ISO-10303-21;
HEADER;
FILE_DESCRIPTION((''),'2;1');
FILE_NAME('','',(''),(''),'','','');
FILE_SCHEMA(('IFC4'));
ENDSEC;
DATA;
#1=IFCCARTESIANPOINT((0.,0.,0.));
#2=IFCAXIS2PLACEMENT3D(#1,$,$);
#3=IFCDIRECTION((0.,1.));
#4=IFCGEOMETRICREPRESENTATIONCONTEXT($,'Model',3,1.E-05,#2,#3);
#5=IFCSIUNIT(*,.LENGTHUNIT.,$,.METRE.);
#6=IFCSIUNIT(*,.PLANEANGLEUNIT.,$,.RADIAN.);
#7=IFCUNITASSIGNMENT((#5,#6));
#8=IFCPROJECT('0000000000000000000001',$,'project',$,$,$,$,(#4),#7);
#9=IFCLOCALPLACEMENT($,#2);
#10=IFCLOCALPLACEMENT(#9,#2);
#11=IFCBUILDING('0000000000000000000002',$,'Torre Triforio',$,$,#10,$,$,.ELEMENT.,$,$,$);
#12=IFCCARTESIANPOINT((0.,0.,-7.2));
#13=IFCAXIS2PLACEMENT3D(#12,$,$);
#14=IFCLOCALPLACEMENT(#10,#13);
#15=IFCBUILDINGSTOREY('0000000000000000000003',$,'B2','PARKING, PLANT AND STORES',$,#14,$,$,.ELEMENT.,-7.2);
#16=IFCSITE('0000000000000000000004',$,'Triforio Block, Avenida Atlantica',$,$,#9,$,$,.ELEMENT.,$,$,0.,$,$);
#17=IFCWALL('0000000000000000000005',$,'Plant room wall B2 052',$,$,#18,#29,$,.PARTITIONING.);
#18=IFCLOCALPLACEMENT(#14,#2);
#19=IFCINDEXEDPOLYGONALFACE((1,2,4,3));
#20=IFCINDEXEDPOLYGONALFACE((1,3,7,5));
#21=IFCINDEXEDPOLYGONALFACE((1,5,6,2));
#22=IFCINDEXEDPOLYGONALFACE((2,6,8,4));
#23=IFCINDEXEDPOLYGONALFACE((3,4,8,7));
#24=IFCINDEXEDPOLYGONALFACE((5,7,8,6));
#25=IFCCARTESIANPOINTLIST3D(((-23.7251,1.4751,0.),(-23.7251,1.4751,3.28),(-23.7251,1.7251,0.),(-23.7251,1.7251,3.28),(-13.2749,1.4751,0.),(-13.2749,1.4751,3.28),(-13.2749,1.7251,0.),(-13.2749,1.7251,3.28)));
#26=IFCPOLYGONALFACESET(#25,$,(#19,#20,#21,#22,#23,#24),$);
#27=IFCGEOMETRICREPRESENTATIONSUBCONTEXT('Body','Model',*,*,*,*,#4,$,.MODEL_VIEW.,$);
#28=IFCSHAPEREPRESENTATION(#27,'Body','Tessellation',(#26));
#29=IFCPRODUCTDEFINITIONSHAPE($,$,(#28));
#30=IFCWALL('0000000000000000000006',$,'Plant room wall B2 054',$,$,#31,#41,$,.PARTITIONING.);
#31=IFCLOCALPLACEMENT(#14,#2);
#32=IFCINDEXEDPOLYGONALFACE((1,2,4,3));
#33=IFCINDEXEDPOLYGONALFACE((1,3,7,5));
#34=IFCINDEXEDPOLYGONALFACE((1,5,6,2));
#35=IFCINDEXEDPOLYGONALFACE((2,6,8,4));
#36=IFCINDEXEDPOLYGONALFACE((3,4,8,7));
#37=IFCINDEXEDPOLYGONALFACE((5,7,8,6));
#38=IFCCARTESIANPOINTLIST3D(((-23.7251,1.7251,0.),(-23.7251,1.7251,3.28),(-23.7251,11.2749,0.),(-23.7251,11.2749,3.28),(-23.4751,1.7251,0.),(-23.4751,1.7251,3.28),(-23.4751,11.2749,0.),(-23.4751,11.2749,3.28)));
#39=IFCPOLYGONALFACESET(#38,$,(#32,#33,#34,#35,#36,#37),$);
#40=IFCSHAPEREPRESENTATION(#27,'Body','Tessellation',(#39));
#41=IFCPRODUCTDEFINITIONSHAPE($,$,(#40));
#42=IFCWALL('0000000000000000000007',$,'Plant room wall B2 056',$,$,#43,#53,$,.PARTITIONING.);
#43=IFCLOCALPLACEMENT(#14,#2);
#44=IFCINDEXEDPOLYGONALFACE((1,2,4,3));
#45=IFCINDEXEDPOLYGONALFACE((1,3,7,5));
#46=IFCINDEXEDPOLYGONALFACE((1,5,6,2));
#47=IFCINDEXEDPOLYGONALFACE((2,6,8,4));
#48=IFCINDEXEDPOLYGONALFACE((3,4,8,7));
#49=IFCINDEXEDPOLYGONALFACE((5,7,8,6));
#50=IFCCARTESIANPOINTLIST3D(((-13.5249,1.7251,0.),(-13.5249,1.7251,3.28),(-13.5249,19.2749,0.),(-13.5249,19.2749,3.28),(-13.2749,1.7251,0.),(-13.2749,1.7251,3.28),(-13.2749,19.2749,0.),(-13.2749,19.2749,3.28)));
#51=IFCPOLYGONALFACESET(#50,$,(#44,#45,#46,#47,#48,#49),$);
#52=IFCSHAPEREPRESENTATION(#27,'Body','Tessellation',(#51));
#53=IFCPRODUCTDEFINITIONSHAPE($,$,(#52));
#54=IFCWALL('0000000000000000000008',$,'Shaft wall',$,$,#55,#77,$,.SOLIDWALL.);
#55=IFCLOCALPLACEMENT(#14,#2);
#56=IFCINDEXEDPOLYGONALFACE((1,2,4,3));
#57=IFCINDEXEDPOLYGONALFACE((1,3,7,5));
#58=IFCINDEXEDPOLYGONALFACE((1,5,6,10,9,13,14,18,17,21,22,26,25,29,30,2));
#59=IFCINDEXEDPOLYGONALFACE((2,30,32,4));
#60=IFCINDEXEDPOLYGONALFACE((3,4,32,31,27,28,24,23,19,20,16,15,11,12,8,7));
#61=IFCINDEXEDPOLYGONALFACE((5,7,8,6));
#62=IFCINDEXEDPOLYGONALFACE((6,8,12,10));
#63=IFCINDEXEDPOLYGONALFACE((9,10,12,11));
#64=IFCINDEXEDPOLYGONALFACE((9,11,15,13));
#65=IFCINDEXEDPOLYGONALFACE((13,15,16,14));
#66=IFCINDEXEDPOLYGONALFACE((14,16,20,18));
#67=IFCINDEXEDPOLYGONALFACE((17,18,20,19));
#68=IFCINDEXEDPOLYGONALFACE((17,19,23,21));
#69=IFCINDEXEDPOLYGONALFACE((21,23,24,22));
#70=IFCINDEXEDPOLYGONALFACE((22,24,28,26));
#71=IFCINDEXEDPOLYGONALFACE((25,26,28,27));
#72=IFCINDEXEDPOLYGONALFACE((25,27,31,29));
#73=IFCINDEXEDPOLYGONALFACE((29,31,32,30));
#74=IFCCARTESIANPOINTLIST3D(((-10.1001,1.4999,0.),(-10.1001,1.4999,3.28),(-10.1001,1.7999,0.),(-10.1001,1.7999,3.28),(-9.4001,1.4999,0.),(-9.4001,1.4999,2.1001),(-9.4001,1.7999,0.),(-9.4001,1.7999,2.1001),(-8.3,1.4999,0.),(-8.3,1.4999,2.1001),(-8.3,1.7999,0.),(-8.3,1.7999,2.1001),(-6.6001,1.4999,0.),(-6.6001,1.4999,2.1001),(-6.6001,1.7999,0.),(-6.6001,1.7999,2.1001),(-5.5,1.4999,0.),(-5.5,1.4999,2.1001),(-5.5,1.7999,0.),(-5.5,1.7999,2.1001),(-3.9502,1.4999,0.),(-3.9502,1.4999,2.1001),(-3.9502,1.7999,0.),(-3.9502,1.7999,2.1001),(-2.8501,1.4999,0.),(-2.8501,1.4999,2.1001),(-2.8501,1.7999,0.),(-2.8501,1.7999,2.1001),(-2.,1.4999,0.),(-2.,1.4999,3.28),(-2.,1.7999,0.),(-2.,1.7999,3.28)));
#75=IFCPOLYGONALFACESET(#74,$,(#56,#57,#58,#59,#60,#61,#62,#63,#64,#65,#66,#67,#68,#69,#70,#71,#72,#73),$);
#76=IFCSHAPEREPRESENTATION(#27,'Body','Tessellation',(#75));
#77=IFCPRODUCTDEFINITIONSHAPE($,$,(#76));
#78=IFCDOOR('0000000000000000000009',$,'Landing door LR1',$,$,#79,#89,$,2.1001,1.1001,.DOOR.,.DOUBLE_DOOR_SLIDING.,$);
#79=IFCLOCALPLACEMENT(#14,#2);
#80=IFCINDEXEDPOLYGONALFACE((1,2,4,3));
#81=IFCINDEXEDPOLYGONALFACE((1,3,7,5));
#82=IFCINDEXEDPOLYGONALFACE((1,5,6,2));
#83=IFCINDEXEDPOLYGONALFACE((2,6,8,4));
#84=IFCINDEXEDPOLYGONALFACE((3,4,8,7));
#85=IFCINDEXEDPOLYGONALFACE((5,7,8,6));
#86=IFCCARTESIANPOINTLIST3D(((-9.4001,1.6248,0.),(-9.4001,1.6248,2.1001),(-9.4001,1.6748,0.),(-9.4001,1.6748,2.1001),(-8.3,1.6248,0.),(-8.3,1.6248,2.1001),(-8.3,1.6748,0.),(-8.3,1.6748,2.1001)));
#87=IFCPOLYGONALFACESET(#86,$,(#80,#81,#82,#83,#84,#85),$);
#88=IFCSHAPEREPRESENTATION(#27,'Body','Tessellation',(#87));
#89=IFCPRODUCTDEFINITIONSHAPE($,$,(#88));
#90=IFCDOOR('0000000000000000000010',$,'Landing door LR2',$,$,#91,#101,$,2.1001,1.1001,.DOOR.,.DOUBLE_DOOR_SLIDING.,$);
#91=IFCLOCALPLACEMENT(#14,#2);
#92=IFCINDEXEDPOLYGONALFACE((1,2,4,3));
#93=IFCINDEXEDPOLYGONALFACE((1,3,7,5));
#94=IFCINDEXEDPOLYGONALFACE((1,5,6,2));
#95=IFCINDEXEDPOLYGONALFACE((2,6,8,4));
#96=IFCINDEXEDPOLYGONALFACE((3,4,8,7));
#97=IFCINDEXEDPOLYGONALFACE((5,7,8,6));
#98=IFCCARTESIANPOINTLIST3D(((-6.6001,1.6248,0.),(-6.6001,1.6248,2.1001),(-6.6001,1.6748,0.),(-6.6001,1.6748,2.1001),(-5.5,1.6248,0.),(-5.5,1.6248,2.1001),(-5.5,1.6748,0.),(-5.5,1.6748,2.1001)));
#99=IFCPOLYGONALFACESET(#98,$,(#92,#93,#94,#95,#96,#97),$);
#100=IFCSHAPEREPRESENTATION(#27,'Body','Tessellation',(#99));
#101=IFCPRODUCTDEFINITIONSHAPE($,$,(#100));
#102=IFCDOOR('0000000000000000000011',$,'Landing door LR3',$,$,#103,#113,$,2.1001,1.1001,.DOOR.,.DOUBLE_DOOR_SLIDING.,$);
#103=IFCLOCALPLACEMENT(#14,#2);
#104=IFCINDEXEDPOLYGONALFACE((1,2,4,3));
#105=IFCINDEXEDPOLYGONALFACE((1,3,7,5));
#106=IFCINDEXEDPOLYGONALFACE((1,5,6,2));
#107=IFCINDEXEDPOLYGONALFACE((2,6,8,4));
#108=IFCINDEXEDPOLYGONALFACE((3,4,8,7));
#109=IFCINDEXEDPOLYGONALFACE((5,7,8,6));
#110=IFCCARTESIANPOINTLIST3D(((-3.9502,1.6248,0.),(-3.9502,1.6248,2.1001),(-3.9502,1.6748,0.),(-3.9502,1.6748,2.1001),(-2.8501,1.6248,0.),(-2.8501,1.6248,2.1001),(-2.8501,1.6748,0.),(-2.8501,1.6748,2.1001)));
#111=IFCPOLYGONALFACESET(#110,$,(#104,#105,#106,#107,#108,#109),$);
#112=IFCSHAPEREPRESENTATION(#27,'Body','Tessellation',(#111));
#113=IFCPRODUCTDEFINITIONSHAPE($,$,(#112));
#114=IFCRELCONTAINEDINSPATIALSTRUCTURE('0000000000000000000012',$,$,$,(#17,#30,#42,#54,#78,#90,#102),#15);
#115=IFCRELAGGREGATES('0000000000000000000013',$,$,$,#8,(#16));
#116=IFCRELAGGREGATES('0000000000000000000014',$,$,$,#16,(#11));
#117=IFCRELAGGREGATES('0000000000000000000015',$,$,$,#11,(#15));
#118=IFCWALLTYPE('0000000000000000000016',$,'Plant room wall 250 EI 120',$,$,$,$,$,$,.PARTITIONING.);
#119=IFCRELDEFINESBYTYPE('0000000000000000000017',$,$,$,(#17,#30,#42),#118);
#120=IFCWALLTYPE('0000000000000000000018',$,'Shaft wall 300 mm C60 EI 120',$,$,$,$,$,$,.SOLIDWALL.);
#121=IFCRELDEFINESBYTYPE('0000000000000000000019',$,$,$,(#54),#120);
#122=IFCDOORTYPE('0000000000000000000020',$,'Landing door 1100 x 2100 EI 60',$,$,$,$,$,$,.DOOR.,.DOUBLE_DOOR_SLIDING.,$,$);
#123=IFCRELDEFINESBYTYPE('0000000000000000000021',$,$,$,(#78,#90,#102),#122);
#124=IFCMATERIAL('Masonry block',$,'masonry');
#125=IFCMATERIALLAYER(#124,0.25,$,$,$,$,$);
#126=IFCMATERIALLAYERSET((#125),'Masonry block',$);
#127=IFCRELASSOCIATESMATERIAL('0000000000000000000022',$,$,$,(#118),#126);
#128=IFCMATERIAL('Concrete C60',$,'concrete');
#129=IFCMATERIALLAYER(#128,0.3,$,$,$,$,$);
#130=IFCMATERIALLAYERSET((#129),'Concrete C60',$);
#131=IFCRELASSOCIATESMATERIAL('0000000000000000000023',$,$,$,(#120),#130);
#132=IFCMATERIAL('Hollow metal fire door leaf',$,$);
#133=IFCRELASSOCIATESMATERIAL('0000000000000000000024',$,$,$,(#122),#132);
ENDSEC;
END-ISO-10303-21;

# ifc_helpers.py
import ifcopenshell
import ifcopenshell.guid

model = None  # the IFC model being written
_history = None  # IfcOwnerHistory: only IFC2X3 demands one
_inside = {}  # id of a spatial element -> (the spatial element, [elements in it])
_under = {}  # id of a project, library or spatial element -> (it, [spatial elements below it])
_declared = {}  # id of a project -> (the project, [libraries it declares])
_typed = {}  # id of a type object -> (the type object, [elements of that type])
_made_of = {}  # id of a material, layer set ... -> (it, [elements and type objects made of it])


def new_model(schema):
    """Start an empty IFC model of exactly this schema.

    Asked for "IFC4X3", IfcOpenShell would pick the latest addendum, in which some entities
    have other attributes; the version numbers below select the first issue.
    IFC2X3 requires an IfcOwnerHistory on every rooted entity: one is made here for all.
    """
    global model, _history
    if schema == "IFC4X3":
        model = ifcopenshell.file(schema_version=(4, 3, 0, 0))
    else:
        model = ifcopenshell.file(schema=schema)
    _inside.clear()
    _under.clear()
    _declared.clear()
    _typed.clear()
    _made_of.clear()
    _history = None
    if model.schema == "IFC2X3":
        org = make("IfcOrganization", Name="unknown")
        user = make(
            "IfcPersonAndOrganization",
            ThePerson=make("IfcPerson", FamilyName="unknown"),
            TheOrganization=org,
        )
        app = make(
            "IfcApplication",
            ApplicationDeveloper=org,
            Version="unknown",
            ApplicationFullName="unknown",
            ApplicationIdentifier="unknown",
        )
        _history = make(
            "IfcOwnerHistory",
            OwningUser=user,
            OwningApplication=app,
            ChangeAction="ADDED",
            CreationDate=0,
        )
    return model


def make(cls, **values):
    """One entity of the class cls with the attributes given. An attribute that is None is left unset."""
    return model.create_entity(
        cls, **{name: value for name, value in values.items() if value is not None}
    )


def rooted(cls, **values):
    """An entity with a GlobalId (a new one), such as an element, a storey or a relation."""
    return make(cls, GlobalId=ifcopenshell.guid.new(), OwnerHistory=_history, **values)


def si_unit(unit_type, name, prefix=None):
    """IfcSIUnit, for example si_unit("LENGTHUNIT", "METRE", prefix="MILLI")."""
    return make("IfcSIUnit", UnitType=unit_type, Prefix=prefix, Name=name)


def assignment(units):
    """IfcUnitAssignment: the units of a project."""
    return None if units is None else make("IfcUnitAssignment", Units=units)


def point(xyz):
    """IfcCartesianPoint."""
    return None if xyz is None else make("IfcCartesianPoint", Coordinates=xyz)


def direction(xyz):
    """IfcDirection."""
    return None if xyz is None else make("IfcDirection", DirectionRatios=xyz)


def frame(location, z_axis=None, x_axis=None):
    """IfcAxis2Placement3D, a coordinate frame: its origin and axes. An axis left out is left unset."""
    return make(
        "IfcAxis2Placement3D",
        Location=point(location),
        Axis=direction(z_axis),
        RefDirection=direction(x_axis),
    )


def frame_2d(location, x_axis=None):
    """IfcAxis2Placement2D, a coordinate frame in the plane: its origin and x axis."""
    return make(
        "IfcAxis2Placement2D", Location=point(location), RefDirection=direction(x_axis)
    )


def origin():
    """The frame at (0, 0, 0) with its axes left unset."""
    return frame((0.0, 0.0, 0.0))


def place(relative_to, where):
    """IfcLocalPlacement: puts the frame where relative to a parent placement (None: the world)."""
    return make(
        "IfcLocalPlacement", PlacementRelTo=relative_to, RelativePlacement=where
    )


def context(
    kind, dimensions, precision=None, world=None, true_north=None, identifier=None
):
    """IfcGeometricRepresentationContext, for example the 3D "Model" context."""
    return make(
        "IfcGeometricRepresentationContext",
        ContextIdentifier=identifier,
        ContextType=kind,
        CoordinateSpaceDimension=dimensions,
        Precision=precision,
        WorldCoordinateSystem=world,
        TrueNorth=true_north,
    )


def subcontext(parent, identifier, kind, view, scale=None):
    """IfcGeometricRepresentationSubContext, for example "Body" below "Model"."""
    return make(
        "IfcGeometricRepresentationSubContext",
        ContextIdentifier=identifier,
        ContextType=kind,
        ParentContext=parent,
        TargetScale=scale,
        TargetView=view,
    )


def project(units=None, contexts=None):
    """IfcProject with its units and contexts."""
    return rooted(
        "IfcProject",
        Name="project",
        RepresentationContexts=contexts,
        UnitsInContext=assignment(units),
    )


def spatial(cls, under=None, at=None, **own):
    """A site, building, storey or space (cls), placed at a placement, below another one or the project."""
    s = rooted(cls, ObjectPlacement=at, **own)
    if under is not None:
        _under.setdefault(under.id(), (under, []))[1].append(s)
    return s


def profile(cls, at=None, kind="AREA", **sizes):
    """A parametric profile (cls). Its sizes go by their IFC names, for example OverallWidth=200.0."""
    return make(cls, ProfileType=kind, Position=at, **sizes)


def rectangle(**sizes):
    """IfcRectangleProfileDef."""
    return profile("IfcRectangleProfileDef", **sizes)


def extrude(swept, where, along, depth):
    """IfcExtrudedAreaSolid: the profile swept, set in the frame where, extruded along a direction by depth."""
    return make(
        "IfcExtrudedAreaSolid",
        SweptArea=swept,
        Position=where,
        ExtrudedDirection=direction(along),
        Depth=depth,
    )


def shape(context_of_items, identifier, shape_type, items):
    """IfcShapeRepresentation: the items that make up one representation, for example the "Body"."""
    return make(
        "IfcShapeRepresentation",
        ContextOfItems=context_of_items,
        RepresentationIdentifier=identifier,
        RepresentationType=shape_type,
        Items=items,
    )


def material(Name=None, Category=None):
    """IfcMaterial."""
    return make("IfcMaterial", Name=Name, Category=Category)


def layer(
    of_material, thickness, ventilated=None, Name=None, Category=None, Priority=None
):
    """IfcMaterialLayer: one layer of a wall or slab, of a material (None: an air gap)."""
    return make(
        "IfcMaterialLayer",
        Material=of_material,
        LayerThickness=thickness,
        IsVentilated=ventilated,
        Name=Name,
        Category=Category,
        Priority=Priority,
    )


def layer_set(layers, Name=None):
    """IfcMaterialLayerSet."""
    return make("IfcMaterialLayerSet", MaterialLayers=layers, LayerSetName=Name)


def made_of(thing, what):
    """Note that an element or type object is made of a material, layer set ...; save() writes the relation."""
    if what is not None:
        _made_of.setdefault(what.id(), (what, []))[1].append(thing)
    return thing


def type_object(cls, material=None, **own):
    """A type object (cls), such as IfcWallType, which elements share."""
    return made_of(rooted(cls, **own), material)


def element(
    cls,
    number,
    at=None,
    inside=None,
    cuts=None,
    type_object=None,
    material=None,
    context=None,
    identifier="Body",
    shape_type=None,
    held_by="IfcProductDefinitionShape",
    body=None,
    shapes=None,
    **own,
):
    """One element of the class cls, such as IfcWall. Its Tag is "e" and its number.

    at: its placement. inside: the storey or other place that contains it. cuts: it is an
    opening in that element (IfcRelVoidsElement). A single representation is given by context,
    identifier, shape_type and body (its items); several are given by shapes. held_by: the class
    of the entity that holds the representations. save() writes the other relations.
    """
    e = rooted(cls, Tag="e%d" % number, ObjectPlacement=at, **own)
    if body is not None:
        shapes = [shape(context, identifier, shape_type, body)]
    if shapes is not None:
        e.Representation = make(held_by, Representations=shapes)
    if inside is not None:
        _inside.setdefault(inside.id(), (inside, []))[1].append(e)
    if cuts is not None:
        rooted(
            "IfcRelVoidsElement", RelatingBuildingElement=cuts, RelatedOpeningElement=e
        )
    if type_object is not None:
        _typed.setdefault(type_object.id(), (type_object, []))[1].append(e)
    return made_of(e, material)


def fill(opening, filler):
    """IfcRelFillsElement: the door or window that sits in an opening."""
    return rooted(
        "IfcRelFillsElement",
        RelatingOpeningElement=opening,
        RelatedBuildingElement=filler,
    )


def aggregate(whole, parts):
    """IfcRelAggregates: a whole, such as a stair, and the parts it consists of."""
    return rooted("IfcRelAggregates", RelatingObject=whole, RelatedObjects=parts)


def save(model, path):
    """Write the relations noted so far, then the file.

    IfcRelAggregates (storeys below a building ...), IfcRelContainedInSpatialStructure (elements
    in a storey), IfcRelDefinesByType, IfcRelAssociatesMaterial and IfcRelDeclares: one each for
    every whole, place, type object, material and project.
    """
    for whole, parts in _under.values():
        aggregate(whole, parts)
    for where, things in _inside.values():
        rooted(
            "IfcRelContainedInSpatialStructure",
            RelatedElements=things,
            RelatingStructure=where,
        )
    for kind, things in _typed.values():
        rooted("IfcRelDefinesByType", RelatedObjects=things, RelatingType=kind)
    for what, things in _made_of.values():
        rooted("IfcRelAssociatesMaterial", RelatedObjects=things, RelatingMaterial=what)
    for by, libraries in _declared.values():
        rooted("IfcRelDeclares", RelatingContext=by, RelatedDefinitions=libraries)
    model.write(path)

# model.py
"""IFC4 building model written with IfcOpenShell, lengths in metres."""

from ifc_helpers import new_model, si_unit, direction, frame, frame_2d, origin, place, context, subcontext, project, spatial, rectangle, extrude, material, layer, layer_set, type_object, element, fill, save


model = new_model("IFC4")

# Units and contexts
model_context = context("Model", 3, precision=1e-05, world=origin(), true_north=direction((0.0, 1.0)))
body_context = subcontext(model_context, "Body", "Model", "MODEL_VIEW")
ifc_project = project(units=[si_unit("LENGTHUNIT", "METRE"), si_unit("PLANEANGLEUNIT", "RADIAN")], contexts=[model_context])

# Site, building, storey
site_placement = place(None, origin())
site = spatial("IfcSite", under=ifc_project, at=site_placement, Name="Triforio Block, Avenida Atlantica", CompositionType="ELEMENT", RefElevation=0.0)
building_placement = place(site_placement, origin())
building = spatial("IfcBuilding", under=site, at=building_placement, Name="Torre Triforio", CompositionType="ELEMENT")
storey_placement = place(building_placement, frame((0.0, 0.0, -7.2)))
storey = spatial("IfcBuildingStorey", under=building, at=storey_placement, Name="B2", Description="PARKING, PLANT AND STORES", CompositionType="ELEMENT", Elevation=-7.2)

# Shared definitions
ifc_material_1 = material(Name="Concrete C60", Category="concrete")
ifc_material_2 = material(Name="Hollow metal fire door leaf")

# Shared definitions
ifc_material_3 = material(Name="Masonry block", Category="masonry")
ifc_layer_1 = layer(ifc_material_3, 0.25)
ifc_layer_set_1 = layer_set([ifc_layer_1], Name="Masonry block")
wall_type_1 = type_object("IfcWallType", Name="Plant room wall 250 EI 120", PredefinedType="PARTITIONING", material=ifc_layer_set_1)

# Walls
wall_1_placement = place(storey_placement, frame((-23.7251, 1.6001, 0.0), z_axis=(0.0, 0.0, 1.0), x_axis=(1.0, 0.0, 0.0)))
element("IfcWall", 1, at=wall_1_placement, inside=storey, type_object=wall_type_1, Name="Plant room wall B2 052", PredefinedType="PARTITIONING", context=body_context, shape_type="SweptSolid", body=[
    extrude(rectangle(XDim=10.4502, YDim=0.25, at=frame_2d((5.2251, 0.0))), origin(), (0.0, 0.0, 1.0), 3.28),
])
wall_2_placement = place(storey_placement, frame((-23.6001, 1.7251, 0.0), z_axis=(0.0, 0.0, 1.0), x_axis=(0.0, 1.0, 0.0)))
element("IfcWall", 2, at=wall_2_placement, inside=storey, type_object=wall_type_1, Name="Plant room wall B2 054", PredefinedType="PARTITIONING", context=body_context, shape_type="SweptSolid", body=[
    extrude(rectangle(XDim=9.5498, YDim=0.25, at=frame_2d((4.7749, 0.0))), origin(), (0.0, 0.0, 1.0), 3.28),
])
wall_3_placement = place(storey_placement, frame((-13.3999, 1.7251, 0.0), z_axis=(0.0, 0.0, 1.0), x_axis=(0.0, 1.0, 0.0)))
element("IfcWall", 3, at=wall_3_placement, inside=storey, type_object=wall_type_1, Name="Plant room wall B2 056", PredefinedType="PARTITIONING", context=body_context, shape_type="SweptSolid", body=[
    extrude(rectangle(XDim=17.5498, YDim=0.25, at=frame_2d((8.7749, 0.0))), origin(), (0.0, 0.0, 1.0), 3.28),
])

# Wall, openings, doors
ifc_layer_2 = layer(ifc_material_1, 0.3)
ifc_layer_set_2 = layer_set([ifc_layer_2], Name="Concrete C60")
wall_type_2 = type_object("IfcWallType", Name="Shaft wall 300 mm C60 EI 120", PredefinedType="SOLIDWALL", material=ifc_layer_set_2)
wall_4_placement = place(storey_placement, frame((-10.1001, 1.6499, 0.0), z_axis=(0.0, 0.0, 1.0), x_axis=(1.0, 0.0, 0.0)))
wall_4 = element("IfcWall", 4, at=wall_4_placement, inside=storey, type_object=wall_type_2, Name="Shaft wall", PredefinedType="SOLIDWALL", context=body_context, shape_type="SweptSolid", body=[
    extrude(rectangle(XDim=8.1001, YDim=0.3, at=frame_2d((4.05, 0.0))), origin(), (0.0, 0.0, 1.0), 3.28),
])
opening_1_placement = place(wall_4_placement, frame((0.7, 0.0, 0.0)))
opening_1 = element("IfcOpeningElement", 5, at=opening_1_placement, cuts=wall_4, PredefinedType="OPENING", context=body_context, shape_type="SweptSolid", body=[
    extrude(rectangle(XDim=1.1001, YDim=2.1001, at=frame_2d((0.55, 1.05))), frame((0.0, 0.1599, 0.0), z_axis=(0.0, -1.0, 0.0), x_axis=(1.0, 0.0, 0.0)), (0.0, 0.0, 1.0), 0.3201),
])
opening_2_placement = place(wall_4_placement, frame((3.5, 0.0, 0.0)))
opening_2 = element("IfcOpeningElement", 6, at=opening_2_placement, cuts=wall_4, PredefinedType="OPENING", context=body_context, shape_type="SweptSolid", body=[
    extrude(rectangle(XDim=1.1001, YDim=2.1001, at=frame_2d((0.55, 1.05))), frame((0.0, 0.1599, 0.0), z_axis=(0.0, -1.0, 0.0), x_axis=(1.0, 0.0, 0.0)), (0.0, 0.0, 1.0), 0.3201),
])
opening_3_placement = place(wall_4_placement, frame((6.1499, 0.0, 0.0)))
opening_3 = element("IfcOpeningElement", 7, at=opening_3_placement, cuts=wall_4, PredefinedType="OPENING", context=body_context, shape_type="SweptSolid", body=[
    extrude(rectangle(XDim=1.1001, YDim=2.1001, at=frame_2d((0.55, 1.05))), frame((0.0, 0.1599, 0.0), z_axis=(0.0, -1.0, 0.0), x_axis=(1.0, 0.0, 0.0)), (0.0, 0.0, 1.0), 0.3201),
])
door_type_1 = type_object("IfcDoorType", Name="Landing door 1100 x 2100 EI 60", OperationType="DOUBLE_DOOR_SLIDING", PredefinedType="DOOR", material=ifc_material_2)
door_1_placement = place(opening_1_placement, origin())
door_1 = element("IfcDoor", 8, at=door_1_placement, inside=storey, type_object=door_type_1, Name="Landing door LR1", OperationType="DOUBLE_DOOR_SLIDING", OverallHeight=2.1001, OverallWidth=1.1001, PredefinedType="DOOR", context=body_context, shape_type="SweptSolid", body=[
    extrude(rectangle(XDim=1.1001, YDim=2.1001, at=frame_2d((0.55, 1.05))), frame((0.0, 0.0249, 0.0), z_axis=(0.0, -1.0, 0.0), x_axis=(1.0, 0.0, 0.0)), (0.0, 0.0, 1.0), 0.05),
])
fill(opening_1, door_1)
door_2_placement = place(opening_2_placement, origin())
door_2 = element("IfcDoor", 9, at=door_2_placement, inside=storey, type_object=door_type_1, Name="Landing door LR2", OperationType="DOUBLE_DOOR_SLIDING", OverallHeight=2.1001, OverallWidth=1.1001, PredefinedType="DOOR", context=body_context, shape_type="SweptSolid", body=[
    extrude(rectangle(XDim=1.1001, YDim=2.1001, at=frame_2d((0.55, 1.05))), frame((0.0, 0.0249, 0.0), z_axis=(0.0, -1.0, 0.0), x_axis=(1.0, 0.0, 0.0)), (0.0, 0.0, 1.0), 0.05),
])
fill(opening_2, door_2)
door_3_placement = place(opening_3_placement, origin())
door_3 = element("IfcDoor", 10, at=door_3_placement, inside=storey, type_object=door_type_1, Name="Landing door LR3", OperationType="DOUBLE_DOOR_SLIDING", OverallHeight=2.1001, OverallWidth=1.1001, PredefinedType="DOOR", context=body_context, shape_type="SweptSolid", body=[
    extrude(rectangle(XDim=1.1001, YDim=2.1001, at=frame_2d((0.55, 1.05))), frame((0.0, 0.0249, 0.0), z_axis=(0.0, -1.0, 0.0), x_axis=(1.0, 0.0, 0.0)), (0.0, 0.0, 1.0), 0.05),
])
fill(opening_3, door_3)

save(model, "model.ifc")
